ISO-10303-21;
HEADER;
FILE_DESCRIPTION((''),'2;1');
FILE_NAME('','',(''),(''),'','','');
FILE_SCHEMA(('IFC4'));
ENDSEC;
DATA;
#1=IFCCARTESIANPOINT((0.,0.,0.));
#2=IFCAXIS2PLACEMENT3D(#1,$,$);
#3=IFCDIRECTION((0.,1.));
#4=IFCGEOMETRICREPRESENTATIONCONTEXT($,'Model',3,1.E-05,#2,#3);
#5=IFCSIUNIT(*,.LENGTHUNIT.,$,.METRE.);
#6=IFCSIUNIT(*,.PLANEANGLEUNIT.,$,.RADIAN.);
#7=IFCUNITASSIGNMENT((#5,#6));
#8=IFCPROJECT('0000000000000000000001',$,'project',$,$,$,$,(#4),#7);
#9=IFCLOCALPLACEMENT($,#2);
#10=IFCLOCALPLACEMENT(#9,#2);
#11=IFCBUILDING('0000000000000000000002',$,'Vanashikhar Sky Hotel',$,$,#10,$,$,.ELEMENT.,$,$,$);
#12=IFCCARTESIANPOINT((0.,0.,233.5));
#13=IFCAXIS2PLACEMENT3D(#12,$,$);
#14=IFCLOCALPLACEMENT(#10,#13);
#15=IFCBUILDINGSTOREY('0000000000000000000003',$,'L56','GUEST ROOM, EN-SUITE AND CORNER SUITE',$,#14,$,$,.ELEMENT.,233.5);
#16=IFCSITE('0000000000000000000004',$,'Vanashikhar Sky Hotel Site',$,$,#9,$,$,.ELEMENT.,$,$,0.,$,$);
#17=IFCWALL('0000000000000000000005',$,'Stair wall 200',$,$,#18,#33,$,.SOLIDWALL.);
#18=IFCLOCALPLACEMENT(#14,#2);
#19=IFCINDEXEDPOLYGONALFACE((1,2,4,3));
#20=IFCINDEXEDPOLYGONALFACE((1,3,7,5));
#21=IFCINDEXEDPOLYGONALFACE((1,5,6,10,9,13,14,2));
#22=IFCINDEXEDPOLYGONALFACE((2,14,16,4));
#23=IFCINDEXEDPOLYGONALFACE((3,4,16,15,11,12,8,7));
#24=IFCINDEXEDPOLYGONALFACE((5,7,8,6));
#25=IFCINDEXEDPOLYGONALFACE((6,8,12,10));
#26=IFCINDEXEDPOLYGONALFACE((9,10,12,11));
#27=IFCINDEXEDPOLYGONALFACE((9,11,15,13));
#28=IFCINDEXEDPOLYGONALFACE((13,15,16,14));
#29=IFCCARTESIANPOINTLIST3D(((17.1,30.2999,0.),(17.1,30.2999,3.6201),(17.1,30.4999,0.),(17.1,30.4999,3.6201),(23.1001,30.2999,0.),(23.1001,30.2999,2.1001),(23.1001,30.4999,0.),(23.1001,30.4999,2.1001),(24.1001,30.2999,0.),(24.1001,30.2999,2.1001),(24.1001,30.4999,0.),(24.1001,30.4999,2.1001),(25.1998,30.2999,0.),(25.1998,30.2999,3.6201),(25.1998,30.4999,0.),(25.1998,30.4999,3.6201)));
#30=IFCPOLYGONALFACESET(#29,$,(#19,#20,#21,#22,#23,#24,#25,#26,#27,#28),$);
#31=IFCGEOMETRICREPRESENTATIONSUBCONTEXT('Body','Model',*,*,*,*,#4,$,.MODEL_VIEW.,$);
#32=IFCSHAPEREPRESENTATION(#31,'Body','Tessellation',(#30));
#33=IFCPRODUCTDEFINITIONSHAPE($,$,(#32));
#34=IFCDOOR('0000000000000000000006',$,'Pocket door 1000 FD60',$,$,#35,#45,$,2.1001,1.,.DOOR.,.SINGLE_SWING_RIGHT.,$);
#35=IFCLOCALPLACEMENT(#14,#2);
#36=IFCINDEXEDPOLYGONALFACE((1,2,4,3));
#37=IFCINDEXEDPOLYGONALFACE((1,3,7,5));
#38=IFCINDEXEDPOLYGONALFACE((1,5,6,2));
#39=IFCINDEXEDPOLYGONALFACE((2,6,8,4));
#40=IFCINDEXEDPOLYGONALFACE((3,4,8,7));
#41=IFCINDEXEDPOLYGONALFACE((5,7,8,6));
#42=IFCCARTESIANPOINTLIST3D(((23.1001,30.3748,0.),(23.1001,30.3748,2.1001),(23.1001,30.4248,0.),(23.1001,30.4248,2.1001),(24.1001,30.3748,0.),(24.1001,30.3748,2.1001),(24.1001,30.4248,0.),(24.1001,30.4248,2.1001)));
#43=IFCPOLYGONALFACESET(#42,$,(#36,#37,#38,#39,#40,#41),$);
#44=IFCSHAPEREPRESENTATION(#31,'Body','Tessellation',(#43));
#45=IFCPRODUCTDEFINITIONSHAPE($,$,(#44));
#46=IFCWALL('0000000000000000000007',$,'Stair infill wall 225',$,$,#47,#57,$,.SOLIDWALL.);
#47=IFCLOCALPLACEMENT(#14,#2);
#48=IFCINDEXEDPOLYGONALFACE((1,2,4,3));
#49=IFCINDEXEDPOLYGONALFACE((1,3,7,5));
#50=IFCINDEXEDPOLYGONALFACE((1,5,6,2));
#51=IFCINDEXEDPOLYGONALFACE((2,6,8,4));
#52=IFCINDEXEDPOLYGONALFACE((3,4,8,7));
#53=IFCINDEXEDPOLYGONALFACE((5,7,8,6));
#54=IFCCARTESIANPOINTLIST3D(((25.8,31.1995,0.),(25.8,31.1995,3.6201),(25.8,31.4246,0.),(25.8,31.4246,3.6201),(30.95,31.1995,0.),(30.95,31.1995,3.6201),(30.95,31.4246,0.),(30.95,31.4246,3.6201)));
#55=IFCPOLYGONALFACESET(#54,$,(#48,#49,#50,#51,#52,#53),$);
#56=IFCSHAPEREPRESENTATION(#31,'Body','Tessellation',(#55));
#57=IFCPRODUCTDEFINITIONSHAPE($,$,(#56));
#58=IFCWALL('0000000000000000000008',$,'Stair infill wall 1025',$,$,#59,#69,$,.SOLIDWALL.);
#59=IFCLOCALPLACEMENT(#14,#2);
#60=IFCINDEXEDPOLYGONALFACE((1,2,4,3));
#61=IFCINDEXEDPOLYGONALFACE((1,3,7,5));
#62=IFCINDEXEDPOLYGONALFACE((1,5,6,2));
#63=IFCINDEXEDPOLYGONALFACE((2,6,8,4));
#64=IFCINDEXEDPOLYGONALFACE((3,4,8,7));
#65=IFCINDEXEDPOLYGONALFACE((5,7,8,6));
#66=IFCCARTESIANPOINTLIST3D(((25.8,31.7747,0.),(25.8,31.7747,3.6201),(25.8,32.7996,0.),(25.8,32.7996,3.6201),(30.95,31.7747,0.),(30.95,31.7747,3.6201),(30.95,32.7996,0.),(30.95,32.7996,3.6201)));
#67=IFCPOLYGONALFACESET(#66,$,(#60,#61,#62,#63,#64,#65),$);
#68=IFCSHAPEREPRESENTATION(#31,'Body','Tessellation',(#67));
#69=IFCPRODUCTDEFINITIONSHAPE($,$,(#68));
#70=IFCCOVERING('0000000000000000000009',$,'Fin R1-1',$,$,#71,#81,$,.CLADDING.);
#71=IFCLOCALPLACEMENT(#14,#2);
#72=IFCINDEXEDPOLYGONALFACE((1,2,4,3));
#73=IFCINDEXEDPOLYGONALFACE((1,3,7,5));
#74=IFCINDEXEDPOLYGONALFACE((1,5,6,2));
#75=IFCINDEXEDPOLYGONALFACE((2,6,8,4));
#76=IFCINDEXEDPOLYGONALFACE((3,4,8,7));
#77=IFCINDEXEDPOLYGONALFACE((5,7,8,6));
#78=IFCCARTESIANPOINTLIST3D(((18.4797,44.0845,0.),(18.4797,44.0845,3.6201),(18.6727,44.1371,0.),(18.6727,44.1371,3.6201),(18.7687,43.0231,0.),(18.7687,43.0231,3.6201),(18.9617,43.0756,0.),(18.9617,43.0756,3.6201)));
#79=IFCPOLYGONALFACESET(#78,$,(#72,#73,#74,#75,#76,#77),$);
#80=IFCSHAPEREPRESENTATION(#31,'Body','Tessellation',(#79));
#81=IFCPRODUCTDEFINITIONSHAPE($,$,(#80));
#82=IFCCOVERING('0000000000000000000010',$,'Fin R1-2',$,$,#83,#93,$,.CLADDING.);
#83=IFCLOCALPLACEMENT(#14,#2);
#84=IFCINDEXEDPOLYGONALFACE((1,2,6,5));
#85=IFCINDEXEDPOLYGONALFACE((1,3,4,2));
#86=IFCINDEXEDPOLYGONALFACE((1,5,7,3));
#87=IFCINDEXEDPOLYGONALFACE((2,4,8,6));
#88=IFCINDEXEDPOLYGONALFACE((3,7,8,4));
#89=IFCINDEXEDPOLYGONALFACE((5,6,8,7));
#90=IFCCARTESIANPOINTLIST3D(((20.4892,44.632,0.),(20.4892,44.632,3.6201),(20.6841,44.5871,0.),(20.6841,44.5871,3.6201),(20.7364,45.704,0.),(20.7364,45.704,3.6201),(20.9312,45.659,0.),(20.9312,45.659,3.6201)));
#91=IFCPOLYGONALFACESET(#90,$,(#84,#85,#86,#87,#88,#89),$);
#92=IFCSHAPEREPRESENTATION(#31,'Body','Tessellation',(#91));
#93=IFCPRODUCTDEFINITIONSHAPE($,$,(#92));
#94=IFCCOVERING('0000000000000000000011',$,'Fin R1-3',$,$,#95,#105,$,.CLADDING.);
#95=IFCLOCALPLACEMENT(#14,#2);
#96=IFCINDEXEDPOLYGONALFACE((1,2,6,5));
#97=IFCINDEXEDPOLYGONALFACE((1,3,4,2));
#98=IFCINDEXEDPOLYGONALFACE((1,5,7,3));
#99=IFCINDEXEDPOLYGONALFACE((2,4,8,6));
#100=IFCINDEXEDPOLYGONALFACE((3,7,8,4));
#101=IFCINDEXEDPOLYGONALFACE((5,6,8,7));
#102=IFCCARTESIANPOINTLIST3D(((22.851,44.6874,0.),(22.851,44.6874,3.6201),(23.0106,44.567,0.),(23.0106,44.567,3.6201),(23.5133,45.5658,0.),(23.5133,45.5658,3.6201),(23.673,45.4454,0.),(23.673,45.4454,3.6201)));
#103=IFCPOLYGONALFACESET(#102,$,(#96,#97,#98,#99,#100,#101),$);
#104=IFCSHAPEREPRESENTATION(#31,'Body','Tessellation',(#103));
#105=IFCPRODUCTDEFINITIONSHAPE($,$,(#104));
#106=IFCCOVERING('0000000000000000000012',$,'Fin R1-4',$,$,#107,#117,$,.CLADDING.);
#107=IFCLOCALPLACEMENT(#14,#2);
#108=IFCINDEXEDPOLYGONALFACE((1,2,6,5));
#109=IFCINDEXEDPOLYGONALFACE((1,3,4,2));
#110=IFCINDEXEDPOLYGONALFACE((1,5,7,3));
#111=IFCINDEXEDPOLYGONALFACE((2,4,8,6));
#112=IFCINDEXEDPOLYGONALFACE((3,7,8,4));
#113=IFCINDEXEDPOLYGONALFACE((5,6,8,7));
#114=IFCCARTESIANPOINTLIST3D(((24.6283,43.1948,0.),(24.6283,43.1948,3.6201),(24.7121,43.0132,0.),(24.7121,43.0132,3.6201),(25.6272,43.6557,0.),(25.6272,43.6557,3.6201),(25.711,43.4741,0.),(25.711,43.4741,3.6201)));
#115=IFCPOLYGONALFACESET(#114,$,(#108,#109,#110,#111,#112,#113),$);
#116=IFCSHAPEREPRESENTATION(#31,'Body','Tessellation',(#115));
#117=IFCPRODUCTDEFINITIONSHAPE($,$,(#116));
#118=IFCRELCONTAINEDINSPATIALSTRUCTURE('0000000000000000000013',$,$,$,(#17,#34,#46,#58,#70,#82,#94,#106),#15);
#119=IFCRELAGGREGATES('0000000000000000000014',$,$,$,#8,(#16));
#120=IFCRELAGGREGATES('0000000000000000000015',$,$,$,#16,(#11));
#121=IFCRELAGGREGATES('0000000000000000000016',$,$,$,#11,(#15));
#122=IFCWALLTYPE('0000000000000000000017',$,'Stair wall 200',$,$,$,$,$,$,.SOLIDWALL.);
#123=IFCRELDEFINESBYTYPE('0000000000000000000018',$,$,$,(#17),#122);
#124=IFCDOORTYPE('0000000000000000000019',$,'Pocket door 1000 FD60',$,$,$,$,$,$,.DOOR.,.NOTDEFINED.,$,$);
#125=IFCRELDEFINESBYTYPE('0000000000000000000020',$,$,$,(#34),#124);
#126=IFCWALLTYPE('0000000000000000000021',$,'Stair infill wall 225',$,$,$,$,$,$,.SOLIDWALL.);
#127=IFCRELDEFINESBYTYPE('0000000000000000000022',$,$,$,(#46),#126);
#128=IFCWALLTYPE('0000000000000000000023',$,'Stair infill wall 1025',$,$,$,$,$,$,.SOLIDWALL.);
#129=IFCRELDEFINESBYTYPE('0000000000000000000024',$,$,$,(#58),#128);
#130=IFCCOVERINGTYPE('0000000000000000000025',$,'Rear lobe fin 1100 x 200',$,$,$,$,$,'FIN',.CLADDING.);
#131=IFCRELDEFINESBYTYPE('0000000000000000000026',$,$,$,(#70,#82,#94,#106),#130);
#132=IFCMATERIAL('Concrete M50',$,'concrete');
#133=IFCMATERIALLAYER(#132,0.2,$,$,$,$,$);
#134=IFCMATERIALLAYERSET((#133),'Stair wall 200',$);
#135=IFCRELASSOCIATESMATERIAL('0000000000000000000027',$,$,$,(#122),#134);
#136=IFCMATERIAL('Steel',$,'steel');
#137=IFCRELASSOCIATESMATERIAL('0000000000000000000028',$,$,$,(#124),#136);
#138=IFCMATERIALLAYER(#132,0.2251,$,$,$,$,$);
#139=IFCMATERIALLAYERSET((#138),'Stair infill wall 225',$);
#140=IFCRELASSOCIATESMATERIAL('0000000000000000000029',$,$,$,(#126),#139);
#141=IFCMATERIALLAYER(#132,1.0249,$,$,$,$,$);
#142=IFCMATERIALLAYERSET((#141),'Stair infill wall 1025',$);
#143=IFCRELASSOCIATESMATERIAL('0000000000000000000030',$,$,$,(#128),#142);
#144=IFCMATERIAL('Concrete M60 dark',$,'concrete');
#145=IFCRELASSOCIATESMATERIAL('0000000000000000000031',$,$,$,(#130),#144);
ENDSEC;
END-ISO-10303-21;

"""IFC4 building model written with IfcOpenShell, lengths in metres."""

from ifc_helpers import new_model, si_unit, direction, frame, frame_2d, origin, origin_2d, place, context, subcontext, project, spatial, rectangle, extrude, source, transform, mapped, material, layer, layer_set, material_profile, profile_set, type_object, element, fill, save


model = new_model("IFC4")

# Units and contexts
model_context = context("Model", 3, precision=1e-05, world=origin(), true_north=direction((0.0, 1.0)))
body_context = subcontext(model_context, "Body", "Model", "MODEL_VIEW")
ifc_project = project(units=[si_unit("LENGTHUNIT", "METRE"), si_unit("PLANEANGLEUNIT", "RADIAN")], contexts=[model_context])

# Site, building, storey
site_placement = place(None, origin())
site = spatial("IfcSite", under=ifc_project, at=site_placement, Name="Vanashikhar Sky Hotel Site", CompositionType="ELEMENT", RefElevation=0.0)
building_placement = place(site_placement, origin())
building = spatial("IfcBuilding", under=site, at=building_placement, Name="Vanashikhar Sky Hotel", CompositionType="ELEMENT")
storey_placement = place(building_placement, frame((0.0, 0.0, 233.5)))
storey = spatial("IfcBuildingStorey", under=building, at=storey_placement, Name="L56", Description="GUEST ROOM, EN-SUITE AND CORNER SUITE", CompositionType="ELEMENT", Elevation=233.5)

# Shared definitions
ifc_material_1 = material(Name="Concrete M50", Category="concrete")

# Wall, opening, door
ifc_layer_1 = layer(ifc_material_1, 0.2)
ifc_layer_set_1 = layer_set([ifc_layer_1], Name="Stair wall 200")
wall_type_1 = type_object("IfcWallType", Name="Stair wall 200", PredefinedType="SOLIDWALL", material=ifc_layer_set_1)
shared_shape_1 = source(origin(), body_context, "Body", "SweptSolid", [
    extrude(rectangle(XDim=8.0999, YDim=0.2, at=frame_2d((4.0498, 0.0))), origin(), (0.0, 0.0, 1.0), 3.6201),
])
wall_1_placement = place(storey_placement, frame((17.1001, 30.3999, 0.0), z_axis=(0.0, 0.0, 1.0), x_axis=(1.0, 0.0, 0.0)))
wall_1 = element("IfcWall", 1, at=wall_1_placement, inside=storey, type_object=wall_type_1, Name="Stair wall 200", PredefinedType="SOLIDWALL", context=body_context, shape_type="MappedRepresentation", body=[
    mapped(shared_shape_1, transform((0.0, 0.0, 0.0), scale=1.0)),
])
shared_shape_2 = source(origin(), body_context, "Body", "SweptSolid", [
    extrude(rectangle(XDim=1.0, YDim=2.1001, at=frame_2d((0.5, 1.05))), frame((0.0, 0.1099, 0.0), z_axis=(0.0, -1.0, 0.0), x_axis=(1.0, 0.0, 0.0)), (0.0, 0.0, 1.0), 0.22),
])
opening_1_placement = place(wall_1_placement, frame((6.0, 0.0, 0.0)))
opening_1 = element("IfcOpeningElement", 2, at=opening_1_placement, cuts=wall_1, PredefinedType="OPENING", context=body_context, shape_type="MappedRepresentation", body=[
    mapped(shared_shape_2, transform((0.0, 0.0, 0.0), scale=1.0)),
])
ifc_material_2 = material(Name="Steel", Category="steel")
door_type_1 = type_object("IfcDoorType", Name="Pocket door 1000 FD60", OperationType="NOTDEFINED", PredefinedType="DOOR", material=ifc_material_2)
shared_shape_3 = source(origin(), body_context, "Body", "SweptSolid", [
    extrude(rectangle(XDim=1.0, YDim=2.1001, at=frame_2d((0.5, 1.05))), frame((0.0, 0.0249, 0.0), z_axis=(0.0, -1.0, 0.0), x_axis=(1.0, 0.0, 0.0)), (0.0, 0.0, 1.0), 0.05),
])
door_1_placement = place(opening_1_placement, origin())
door_1 = element("IfcDoor", 3, at=door_1_placement, inside=storey, type_object=door_type_1, Name="Pocket door 1000 FD60", OperationType="SINGLE_SWING_RIGHT", OverallHeight=2.1001, OverallWidth=1.0, PredefinedType="DOOR", context=body_context, shape_type="MappedRepresentation", body=[
    mapped(shared_shape_3, transform((0.0, 0.0, 0.0), scale=1.0)),
])
fill(opening_1, door_1)

# Walls
ifc_layer_2 = layer(ifc_material_1, 0.2251)
ifc_layer_set_2 = layer_set([ifc_layer_2], Name="Stair infill wall 225")
wall_type_2 = type_object("IfcWallType", Name="Stair infill wall 225", PredefinedType="SOLIDWALL", material=ifc_layer_set_2)
shared_shape_4 = source(origin(), body_context, "Body", "SweptSolid", [
    extrude(rectangle(XDim=5.1499, YDim=0.2251, at=frame_2d((2.575, 0.0))), origin(), (0.0, 0.0, 1.0), 3.6201),
])
wall_2_placement = place(storey_placement, frame((25.8, 31.312, 0.0), z_axis=(0.0, 0.0, 1.0), x_axis=(1.0, 0.0, 0.0)))
element("IfcWall", 4, at=wall_2_placement, inside=storey, type_object=wall_type_2, Name="Stair infill wall 225", PredefinedType="SOLIDWALL", context=body_context, shape_type="MappedRepresentation", body=[
    mapped(shared_shape_4, transform((0.0, 0.0, 0.0), scale=1.0)),
])
ifc_layer_3 = layer(ifc_material_1, 1.0249)
ifc_layer_set_3 = layer_set([ifc_layer_3], Name="Stair infill wall 1025")
wall_type_3 = type_object("IfcWallType", Name="Stair infill wall 1025", PredefinedType="SOLIDWALL", material=ifc_layer_set_3)
shared_shape_5 = source(origin(), body_context, "Body", "SweptSolid", [
    extrude(rectangle(XDim=5.1499, YDim=1.0249, at=frame_2d((2.575, 0.0))), origin(), (0.0, 0.0, 1.0), 3.6201),
])
wall_3_placement = place(storey_placement, frame((25.8, 32.2871, 0.0), z_axis=(0.0, 0.0, 1.0), x_axis=(1.0, 0.0, 0.0)))
element("IfcWall", 5, at=wall_3_placement, inside=storey, type_object=wall_type_3, Name="Stair infill wall 1025", PredefinedType="SOLIDWALL", context=body_context, shape_type="MappedRepresentation", body=[
    mapped(shared_shape_5, transform((0.0, 0.0, 0.0), scale=1.0)),
])

# Coverings
ifc_material_3 = material(Name="Concrete M60 dark", Category="concrete")
ifc_material_profile = material_profile(ifc_material_3, rectangle(XDim=1.1001, YDim=0.2, at=origin_2d()))
ifc_profile_set = profile_set([ifc_material_profile], Name="Rear lobe fin 1100 x 200")
covering_type = type_object("IfcCoveringType", Name="Rear lobe fin 1100 x 200", ElementType="FIN", PredefinedType="CLADDING", material=ifc_profile_set)
shared_shape_6 = source(origin(), body_context, "Body", "SweptSolid", [
    extrude(rectangle(XDim=1.1001, YDim=0.2, at=origin_2d()), origin(), (0.0, 0.0, 1.0), 3.6201),
])
for number, where, z_axis, x_axis, name in (
    (6, (18.7207, 43.5801, 0.0), (0.0, 0.0, 1.0), (-0.262711, 0.964874, 0.0), "Fin R1-1"),
    (7, (20.7102, 45.1455, 0.0), (0.0, 0.0, 1.0), (0.224645, 0.974441, 0.0), "Fin R1-2"),
    (8, (23.262, 45.0664, 0.0), (0.0, 0.0, 1.0), (0.602066, 0.798446, 0.0), "Fin R1-3"),
    (9, (25.1697, 43.3345, 0.0), (0.0, 0.0, 1.0), (0.908004, 0.418961, 0.0), "Fin R1-4"),
):
    element("IfcCovering", number, at=place(storey_placement, frame(where, z_axis=z_axis, x_axis=x_axis)), inside=storey, type_object=covering_type, Name=name, PredefinedType="CLADDING", context=body_context, shape_type="MappedRepresentation", body=[
        mapped(shared_shape_6, transform((0.0, 0.0, 0.0), scale=1.0)),
    ])

save(model, "model.ifc")
